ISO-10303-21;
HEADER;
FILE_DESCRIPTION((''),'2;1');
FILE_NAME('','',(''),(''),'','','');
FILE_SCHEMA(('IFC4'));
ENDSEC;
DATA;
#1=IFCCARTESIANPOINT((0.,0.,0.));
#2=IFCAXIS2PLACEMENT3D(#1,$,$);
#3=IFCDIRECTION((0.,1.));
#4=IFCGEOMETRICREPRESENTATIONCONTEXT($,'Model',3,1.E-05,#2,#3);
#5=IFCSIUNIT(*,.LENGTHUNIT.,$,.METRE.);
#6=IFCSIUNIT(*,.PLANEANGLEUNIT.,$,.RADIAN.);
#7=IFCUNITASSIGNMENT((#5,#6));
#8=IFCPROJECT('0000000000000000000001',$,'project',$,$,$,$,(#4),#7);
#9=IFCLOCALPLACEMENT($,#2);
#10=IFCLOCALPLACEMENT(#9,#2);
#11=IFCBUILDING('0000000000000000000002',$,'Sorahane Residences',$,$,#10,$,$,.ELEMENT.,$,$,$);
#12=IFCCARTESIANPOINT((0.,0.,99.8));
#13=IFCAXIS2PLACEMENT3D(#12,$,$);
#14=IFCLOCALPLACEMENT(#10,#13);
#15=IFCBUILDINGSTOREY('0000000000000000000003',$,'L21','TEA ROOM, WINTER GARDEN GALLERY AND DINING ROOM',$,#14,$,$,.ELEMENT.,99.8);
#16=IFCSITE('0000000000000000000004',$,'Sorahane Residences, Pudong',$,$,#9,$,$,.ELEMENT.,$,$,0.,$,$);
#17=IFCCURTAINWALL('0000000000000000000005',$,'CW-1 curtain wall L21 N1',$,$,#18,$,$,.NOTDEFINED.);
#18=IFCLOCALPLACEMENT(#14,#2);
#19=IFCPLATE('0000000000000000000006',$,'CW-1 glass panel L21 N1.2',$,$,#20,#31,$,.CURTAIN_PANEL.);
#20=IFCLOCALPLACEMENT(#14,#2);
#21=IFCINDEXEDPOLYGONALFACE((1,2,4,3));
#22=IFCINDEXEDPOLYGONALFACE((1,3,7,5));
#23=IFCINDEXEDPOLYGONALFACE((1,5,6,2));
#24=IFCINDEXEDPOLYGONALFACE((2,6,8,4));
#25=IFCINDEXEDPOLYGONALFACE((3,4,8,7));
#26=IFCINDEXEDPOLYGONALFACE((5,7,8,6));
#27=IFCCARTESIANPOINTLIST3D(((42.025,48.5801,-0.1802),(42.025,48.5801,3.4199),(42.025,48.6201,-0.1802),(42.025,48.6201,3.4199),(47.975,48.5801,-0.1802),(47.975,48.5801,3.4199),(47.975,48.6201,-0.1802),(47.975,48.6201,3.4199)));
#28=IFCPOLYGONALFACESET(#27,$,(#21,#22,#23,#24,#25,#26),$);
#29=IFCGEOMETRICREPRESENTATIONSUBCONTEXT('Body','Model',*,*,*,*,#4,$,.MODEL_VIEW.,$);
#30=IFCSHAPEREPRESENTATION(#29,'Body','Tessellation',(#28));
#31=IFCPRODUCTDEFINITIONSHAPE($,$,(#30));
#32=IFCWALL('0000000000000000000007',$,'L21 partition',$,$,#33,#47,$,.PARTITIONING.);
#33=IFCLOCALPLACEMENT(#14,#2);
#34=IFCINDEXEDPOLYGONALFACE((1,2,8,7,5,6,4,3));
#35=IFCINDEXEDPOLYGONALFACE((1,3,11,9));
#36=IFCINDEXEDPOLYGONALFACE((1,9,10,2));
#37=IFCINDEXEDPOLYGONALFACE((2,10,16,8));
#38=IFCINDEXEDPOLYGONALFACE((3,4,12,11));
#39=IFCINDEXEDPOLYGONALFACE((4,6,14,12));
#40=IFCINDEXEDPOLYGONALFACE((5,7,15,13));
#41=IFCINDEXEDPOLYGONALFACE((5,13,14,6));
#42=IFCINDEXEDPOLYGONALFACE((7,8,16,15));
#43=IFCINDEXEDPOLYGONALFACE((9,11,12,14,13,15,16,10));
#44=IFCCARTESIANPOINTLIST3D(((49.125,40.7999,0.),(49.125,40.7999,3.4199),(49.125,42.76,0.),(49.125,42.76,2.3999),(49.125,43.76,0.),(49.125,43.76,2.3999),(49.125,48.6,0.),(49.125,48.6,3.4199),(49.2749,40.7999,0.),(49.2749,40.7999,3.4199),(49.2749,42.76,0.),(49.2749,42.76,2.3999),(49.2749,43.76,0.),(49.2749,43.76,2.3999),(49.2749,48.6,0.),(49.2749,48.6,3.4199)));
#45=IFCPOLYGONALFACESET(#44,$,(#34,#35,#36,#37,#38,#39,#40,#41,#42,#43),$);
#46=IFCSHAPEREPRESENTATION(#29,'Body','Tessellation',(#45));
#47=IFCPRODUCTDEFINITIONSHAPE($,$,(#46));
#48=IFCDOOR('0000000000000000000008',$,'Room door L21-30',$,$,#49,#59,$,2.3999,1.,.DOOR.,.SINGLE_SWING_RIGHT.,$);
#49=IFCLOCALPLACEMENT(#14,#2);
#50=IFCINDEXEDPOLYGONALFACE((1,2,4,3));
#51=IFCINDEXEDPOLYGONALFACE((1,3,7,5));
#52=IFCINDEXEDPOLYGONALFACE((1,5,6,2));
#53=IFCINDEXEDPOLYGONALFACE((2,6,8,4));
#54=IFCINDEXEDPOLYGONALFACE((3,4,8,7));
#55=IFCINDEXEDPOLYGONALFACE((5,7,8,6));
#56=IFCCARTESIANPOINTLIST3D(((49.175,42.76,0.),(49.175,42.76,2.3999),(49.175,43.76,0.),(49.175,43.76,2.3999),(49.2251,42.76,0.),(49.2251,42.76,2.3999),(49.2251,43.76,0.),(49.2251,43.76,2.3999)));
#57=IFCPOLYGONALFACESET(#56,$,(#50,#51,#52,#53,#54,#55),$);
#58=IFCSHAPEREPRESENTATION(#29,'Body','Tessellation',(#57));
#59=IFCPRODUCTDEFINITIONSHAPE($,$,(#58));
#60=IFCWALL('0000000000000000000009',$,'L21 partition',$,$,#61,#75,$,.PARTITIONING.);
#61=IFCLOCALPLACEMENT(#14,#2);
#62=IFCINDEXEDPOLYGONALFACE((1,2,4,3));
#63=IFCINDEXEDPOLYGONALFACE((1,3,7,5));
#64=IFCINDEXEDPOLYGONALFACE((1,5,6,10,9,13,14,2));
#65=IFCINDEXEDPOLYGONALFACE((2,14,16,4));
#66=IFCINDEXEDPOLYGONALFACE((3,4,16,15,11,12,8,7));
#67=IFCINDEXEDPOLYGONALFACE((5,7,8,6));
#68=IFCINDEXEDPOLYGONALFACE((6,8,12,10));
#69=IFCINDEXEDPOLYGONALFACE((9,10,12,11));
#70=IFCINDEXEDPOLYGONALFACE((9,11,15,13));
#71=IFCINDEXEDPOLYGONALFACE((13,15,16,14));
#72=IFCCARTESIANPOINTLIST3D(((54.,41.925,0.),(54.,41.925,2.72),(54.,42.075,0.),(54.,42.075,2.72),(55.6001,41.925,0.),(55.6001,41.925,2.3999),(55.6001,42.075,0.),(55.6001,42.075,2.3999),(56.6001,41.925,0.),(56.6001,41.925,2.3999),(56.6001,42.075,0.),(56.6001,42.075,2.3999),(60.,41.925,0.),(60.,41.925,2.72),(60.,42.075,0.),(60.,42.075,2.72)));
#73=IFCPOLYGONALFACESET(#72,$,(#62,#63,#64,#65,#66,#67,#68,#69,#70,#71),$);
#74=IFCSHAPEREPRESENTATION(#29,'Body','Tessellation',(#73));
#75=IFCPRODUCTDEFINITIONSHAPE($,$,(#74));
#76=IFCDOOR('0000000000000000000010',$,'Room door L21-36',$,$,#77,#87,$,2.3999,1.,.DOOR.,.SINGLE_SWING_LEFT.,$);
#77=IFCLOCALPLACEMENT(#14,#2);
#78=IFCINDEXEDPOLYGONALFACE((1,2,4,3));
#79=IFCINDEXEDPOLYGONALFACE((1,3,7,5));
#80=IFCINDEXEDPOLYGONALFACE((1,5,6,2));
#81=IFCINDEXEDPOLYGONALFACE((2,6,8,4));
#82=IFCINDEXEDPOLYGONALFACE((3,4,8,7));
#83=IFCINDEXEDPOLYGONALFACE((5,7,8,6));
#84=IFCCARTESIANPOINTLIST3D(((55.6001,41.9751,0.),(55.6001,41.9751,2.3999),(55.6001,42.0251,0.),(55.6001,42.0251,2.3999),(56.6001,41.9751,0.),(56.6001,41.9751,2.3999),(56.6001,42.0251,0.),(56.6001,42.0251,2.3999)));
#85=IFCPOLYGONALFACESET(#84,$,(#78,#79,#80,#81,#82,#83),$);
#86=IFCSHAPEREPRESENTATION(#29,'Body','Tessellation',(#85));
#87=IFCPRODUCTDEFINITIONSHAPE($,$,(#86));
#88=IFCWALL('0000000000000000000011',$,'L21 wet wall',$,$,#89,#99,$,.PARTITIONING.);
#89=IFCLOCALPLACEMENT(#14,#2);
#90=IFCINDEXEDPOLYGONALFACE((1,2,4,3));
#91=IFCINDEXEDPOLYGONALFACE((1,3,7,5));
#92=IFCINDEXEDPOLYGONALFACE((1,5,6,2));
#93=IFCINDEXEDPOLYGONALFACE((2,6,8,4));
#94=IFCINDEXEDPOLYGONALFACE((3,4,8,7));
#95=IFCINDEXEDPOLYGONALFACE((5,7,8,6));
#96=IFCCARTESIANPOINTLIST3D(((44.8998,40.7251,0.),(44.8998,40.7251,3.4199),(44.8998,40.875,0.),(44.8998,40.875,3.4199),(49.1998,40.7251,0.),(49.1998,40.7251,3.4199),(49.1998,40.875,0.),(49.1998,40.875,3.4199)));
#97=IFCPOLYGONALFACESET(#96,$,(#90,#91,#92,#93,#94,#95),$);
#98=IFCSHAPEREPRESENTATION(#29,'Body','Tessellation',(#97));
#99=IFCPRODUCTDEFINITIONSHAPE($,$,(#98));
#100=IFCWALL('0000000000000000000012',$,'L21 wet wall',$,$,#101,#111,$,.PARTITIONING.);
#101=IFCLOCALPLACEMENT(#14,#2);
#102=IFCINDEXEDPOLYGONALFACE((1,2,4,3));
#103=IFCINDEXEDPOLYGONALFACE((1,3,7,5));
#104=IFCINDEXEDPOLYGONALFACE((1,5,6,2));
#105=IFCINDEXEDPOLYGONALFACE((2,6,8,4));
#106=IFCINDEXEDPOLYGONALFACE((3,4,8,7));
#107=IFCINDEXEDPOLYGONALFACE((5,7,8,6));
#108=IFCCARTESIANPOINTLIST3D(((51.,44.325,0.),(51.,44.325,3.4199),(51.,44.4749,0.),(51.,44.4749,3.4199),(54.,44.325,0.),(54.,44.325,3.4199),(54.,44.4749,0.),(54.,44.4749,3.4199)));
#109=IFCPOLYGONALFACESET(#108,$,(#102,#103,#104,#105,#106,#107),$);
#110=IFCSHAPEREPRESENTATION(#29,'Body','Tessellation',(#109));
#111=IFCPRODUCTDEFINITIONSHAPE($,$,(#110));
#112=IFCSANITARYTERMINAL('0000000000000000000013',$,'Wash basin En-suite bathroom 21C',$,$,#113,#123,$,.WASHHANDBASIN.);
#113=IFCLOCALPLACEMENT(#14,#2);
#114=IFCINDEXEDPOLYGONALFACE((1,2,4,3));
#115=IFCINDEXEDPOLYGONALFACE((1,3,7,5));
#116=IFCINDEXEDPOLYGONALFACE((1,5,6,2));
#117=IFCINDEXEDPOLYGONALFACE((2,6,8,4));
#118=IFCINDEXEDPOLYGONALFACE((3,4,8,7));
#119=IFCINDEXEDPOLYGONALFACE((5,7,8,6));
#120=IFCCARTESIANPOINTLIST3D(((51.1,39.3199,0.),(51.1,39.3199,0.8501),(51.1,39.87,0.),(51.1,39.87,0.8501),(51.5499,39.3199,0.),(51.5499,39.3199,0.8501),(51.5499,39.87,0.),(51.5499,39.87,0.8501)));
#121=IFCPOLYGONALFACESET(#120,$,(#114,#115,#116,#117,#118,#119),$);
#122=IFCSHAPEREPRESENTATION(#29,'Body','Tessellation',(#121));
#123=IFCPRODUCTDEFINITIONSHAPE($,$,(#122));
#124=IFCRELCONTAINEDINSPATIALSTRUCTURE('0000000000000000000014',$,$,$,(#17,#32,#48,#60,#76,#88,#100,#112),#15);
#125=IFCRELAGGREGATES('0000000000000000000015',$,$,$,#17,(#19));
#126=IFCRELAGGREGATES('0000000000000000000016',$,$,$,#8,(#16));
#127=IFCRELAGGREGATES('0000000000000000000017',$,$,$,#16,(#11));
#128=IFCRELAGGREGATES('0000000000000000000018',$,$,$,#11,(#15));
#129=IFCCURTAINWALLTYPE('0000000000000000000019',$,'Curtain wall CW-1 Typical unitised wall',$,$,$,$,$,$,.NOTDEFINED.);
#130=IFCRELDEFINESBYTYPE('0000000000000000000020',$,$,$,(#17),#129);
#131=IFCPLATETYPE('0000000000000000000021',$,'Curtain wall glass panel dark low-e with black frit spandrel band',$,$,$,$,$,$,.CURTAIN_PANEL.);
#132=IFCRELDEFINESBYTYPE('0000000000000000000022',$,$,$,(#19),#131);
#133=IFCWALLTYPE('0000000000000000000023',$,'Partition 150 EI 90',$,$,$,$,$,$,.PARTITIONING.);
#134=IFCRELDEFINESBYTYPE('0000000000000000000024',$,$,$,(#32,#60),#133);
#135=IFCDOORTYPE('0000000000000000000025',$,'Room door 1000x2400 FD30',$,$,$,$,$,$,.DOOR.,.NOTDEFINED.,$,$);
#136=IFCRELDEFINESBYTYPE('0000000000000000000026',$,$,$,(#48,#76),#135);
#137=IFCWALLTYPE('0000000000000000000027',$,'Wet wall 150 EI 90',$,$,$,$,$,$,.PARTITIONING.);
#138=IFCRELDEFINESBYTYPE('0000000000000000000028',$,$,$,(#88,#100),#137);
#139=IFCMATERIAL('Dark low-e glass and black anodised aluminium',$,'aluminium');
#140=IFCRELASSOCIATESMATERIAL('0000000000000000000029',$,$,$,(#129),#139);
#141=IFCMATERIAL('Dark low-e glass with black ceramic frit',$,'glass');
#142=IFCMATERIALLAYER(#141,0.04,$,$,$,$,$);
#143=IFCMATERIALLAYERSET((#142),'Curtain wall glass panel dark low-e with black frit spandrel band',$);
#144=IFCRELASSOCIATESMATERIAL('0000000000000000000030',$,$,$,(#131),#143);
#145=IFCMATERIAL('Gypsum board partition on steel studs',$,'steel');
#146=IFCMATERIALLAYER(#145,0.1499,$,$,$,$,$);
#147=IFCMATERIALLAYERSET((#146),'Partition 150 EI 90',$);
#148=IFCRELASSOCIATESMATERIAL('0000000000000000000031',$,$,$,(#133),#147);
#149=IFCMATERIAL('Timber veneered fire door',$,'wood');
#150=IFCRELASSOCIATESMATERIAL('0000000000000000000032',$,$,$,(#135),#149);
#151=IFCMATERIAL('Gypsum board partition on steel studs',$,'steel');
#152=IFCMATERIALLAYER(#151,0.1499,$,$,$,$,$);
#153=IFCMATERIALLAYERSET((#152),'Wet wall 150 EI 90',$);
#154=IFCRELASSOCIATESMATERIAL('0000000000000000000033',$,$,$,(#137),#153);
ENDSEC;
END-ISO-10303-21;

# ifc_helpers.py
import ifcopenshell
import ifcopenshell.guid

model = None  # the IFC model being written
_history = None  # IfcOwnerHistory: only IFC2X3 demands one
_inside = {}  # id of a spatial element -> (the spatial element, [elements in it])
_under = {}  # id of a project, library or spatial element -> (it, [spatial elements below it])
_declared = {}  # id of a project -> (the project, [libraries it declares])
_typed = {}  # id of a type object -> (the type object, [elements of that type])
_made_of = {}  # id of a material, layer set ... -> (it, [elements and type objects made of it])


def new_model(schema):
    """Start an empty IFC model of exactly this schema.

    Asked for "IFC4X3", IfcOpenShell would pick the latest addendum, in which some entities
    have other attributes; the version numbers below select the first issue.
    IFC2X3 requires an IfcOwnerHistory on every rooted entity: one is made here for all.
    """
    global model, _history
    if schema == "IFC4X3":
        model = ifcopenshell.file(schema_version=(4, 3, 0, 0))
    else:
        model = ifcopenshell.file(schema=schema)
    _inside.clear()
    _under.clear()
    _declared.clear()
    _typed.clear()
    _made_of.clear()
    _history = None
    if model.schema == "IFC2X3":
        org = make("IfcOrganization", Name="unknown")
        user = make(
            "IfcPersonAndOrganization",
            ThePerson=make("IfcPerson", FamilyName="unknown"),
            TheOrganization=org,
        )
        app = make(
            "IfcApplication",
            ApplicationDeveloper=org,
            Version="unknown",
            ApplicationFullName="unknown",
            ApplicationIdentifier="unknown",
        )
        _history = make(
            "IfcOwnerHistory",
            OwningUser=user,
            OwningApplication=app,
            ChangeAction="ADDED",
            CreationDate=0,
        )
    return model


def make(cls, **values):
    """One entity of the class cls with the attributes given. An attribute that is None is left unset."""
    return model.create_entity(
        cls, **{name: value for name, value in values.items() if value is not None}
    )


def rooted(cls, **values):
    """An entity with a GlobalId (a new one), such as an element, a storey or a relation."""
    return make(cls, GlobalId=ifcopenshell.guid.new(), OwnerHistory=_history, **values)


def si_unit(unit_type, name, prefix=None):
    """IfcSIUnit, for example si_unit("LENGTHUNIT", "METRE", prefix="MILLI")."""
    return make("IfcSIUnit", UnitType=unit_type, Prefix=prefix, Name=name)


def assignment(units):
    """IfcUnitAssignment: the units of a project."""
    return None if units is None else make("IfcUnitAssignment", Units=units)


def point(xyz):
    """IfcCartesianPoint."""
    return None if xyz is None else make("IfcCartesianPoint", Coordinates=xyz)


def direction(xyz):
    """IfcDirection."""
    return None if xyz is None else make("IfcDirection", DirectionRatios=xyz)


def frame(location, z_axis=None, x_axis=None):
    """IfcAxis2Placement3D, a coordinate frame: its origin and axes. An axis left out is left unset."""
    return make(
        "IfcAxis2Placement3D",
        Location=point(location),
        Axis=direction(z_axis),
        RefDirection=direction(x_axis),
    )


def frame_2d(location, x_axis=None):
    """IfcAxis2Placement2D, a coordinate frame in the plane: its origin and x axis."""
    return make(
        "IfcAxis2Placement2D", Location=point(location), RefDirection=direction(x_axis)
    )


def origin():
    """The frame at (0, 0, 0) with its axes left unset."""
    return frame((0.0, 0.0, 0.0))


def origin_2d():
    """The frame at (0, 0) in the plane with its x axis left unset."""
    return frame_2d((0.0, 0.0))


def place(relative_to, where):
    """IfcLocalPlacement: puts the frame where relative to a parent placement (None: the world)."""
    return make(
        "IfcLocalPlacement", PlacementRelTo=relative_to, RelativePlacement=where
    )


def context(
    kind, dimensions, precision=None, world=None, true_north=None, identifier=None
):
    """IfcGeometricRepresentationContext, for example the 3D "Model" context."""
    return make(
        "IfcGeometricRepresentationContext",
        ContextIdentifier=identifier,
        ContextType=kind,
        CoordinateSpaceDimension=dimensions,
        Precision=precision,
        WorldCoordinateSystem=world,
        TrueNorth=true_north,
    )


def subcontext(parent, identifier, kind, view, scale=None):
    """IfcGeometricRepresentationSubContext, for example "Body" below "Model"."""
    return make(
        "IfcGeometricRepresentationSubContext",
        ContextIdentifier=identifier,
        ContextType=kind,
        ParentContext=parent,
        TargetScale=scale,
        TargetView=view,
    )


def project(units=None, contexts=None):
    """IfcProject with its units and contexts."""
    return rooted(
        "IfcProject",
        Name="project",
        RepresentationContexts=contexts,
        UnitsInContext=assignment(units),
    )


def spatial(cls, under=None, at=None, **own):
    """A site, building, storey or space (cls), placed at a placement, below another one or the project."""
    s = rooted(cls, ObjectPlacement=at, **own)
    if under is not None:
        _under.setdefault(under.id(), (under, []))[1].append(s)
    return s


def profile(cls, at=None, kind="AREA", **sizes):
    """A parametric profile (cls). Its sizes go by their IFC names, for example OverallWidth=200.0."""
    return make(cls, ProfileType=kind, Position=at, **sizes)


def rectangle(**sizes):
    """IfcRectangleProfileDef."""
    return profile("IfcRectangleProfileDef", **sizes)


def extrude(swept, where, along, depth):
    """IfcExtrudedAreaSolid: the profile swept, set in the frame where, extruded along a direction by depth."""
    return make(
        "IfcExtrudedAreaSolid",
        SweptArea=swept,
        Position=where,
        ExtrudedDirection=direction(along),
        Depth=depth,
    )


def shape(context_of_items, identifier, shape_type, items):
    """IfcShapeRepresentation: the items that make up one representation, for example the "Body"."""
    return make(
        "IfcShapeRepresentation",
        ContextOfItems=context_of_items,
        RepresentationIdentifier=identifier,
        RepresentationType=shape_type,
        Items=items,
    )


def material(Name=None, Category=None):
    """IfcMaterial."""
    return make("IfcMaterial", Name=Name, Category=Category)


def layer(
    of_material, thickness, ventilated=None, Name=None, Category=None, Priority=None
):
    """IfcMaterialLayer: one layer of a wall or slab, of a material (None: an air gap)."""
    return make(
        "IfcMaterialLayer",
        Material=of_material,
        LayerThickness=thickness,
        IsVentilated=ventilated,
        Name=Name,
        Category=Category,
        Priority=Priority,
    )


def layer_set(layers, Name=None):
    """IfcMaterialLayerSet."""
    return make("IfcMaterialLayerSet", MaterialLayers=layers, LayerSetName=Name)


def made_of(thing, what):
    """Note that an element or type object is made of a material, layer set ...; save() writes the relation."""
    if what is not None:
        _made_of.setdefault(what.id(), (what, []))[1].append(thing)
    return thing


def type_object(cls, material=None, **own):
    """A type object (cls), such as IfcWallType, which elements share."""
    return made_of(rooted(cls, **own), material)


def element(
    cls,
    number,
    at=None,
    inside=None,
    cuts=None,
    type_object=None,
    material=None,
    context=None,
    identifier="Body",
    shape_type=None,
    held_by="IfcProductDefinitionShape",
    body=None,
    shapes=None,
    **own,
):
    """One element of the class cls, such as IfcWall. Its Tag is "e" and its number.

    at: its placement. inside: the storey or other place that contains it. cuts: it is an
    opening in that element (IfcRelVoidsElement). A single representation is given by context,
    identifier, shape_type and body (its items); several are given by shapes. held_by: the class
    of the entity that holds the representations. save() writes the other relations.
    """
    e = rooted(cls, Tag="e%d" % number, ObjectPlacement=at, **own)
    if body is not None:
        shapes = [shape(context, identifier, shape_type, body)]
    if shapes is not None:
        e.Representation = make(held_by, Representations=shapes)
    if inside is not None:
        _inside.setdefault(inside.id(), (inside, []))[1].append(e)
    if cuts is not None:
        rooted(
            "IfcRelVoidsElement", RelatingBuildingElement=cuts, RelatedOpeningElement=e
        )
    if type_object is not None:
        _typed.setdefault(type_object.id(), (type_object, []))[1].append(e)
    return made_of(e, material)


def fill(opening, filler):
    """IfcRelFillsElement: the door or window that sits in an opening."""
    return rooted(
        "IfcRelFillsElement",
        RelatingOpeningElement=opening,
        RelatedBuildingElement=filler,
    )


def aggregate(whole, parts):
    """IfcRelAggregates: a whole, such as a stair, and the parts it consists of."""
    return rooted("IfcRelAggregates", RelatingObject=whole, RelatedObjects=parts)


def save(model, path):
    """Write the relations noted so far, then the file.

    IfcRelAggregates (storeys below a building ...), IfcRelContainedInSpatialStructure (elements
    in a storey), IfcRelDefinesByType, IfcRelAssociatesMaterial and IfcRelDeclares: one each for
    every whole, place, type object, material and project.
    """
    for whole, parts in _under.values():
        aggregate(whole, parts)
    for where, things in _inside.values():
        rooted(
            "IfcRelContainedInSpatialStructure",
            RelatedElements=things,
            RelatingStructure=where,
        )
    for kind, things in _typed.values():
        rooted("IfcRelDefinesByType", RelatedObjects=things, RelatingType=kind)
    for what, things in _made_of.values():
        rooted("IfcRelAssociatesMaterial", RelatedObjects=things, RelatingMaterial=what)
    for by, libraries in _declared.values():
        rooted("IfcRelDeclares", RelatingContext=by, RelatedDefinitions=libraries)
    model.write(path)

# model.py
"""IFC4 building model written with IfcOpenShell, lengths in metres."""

from ifc_helpers import new_model, si_unit, direction, frame, frame_2d, origin, origin_2d, place, context, subcontext, project, spatial, rectangle, extrude, material, layer, layer_set, type_object, element, fill, aggregate, save


model = new_model("IFC4")

# Units and contexts
model_context = context("Model", 3, precision=1e-05, world=origin(), true_north=direction((0.0, 1.0)))
body_context = subcontext(model_context, "Body", "Model", "MODEL_VIEW")
ifc_project = project(units=[si_unit("LENGTHUNIT", "METRE"), si_unit("PLANEANGLEUNIT", "RADIAN")], contexts=[model_context])

# Site, building, storey
site_placement = place(None, origin())
site = spatial("IfcSite", under=ifc_project, at=site_placement, Name="Sorahane Residences, Pudong", CompositionType="ELEMENT", RefElevation=0.0)
building_placement = place(site_placement, origin())
building = spatial("IfcBuilding", under=site, at=building_placement, Name="Sorahane Residences", CompositionType="ELEMENT")
storey_placement = place(building_placement, frame((0.0, 0.0, 99.8)))
storey = spatial("IfcBuildingStorey", under=building, at=storey_placement, Name="L21", Description="TEA ROOM, WINTER GARDEN GALLERY AND DINING ROOM", CompositionType="ELEMENT", Elevation=99.8)

# Curtain wall
ifc_material_1 = material(Name="Dark low-e glass and black anodised aluminium", Category="aluminium")
curtain_wall_type_1 = type_object("IfcCurtainWallType", Name="Curtain wall CW-1 Typical unitised wall", PredefinedType="NOTDEFINED", material=ifc_material_1)
curtain_wall_1_placement = place(storey_placement, origin())
curtain_wall_1 = element("IfcCurtainWall", 1, at=curtain_wall_1_placement, inside=storey, type_object=curtain_wall_type_1, Name="CW-1 curtain wall L21 N1", PredefinedType="NOTDEFINED")

# Plate
ifc_material_2 = material(Name="Dark low-e glass with black ceramic frit", Category="glass")
ifc_layer_1 = layer(ifc_material_2, 0.04)
ifc_layer_set_1 = layer_set([ifc_layer_1], Name="Curtain wall glass panel dark low-e with black frit spandrel band")
plate_type = type_object("IfcPlateType", Name="Curtain wall glass panel dark low-e with black frit spandrel band", PredefinedType="CURTAIN_PANEL", material=ifc_layer_set_1)
plate_1_placement = place(storey_placement, frame((45.0, 48.6001, -0.1802), z_axis=(0.0, 0.0, 1.0), x_axis=(-1.0, 0.0, 0.0)))
plate_1 = element("IfcPlate", 2, at=plate_1_placement, type_object=plate_type, Name="CW-1 glass panel L21 N1.2", PredefinedType="CURTAIN_PANEL", context=body_context, shape_type="SweptSolid", body=[
    extrude(rectangle(XDim=5.95, YDim=0.04, at=origin_2d()), origin(), (0.0, 0.0, 1.0), 3.6001),
])
aggregate(curtain_wall_1, [plate_1])

# Walls, openings, doors
ifc_material_3 = material(Name="Gypsum board partition on steel studs", Category="steel")
ifc_layer_2 = layer(ifc_material_3, 0.1499)
ifc_layer_set_2 = layer_set([ifc_layer_2], Name="Partition 150 EI 90")
wall_type_1 = type_object("IfcWallType", Name="Partition 150 EI 90", PredefinedType="PARTITIONING", material=ifc_layer_set_2)
wall_1_placement = place(storey_placement, frame((49.2, 40.8, 0.0), z_axis=(0.0, 0.0, 1.0), x_axis=(0.0, 1.0, 0.0)))
wall_1 = element("IfcWall", 3, at=wall_1_placement, inside=storey, type_object=wall_type_1, Name="L21 partition", PredefinedType="PARTITIONING", context=body_context, shape_type="SweptSolid", body=[
    extrude(rectangle(XDim=7.8, YDim=0.1499, at=frame_2d((3.8999, 0.0))), origin(), (0.0, 0.0, 1.0), 3.4199),
])
opening_1_placement = place(wall_1_placement, frame((1.96, 0.0, 0.0)))
opening_1 = element("IfcOpeningElement", 4, at=opening_1_placement, cuts=wall_1, PredefinedType="OPENING", context=body_context, shape_type="SweptSolid", body=[
    extrude(rectangle(XDim=1.0, YDim=2.3999, at=frame_2d((0.5, 1.2))), frame((0.0, 0.085, 0.0), z_axis=(0.0, -1.0, 0.0), x_axis=(1.0, 0.0, 0.0)), (0.0, 0.0, 1.0), 0.1699),
])
ifc_material_4 = material(Name="Timber veneered fire door", Category="wood")
door_type = type_object("IfcDoorType", Name="Room door 1000x2400 FD30", OperationType="NOTDEFINED", PredefinedType="DOOR", material=ifc_material_4)
door_1_placement = place(opening_1_placement, origin())
door_1 = element("IfcDoor", 5, at=door_1_placement, inside=storey, type_object=door_type, Name="Room door L21-30", OperationType="SINGLE_SWING_RIGHT", OverallHeight=2.3999, OverallWidth=1.0, PredefinedType="DOOR", context=body_context, shape_type="SweptSolid", body=[
    extrude(rectangle(XDim=1.0, YDim=2.3999, at=frame_2d((0.5, 1.2))), frame((0.0, 0.0249, 0.0), z_axis=(0.0, -1.0, 0.0), x_axis=(1.0, 0.0, 0.0)), (0.0, 0.0, 1.0), 0.05),
])
fill(opening_1, door_1)
wall_2_placement = place(storey_placement, frame((54.0, 42.0, 0.0), z_axis=(0.0, 0.0, 1.0), x_axis=(1.0, 0.0, 0.0)))
wall_2 = element("IfcWall", 6, at=wall_2_placement, inside=storey, type_object=wall_type_1, Name="L21 partition", PredefinedType="PARTITIONING", context=body_context, shape_type="SweptSolid", body=[
    extrude(rectangle(XDim=6.0, YDim=0.1499, at=frame_2d((3.0, 0.0))), origin(), (0.0, 0.0, 1.0), 2.72),
])
opening_2_placement = place(wall_2_placement, frame((1.6001, 0.0, 0.0)))
opening_2 = element("IfcOpeningElement", 7, at=opening_2_placement, cuts=wall_2, PredefinedType="OPENING", context=body_context, shape_type="SweptSolid", body=[
    extrude(rectangle(XDim=1.0, YDim=2.3999, at=frame_2d((0.5, 1.2))), frame((0.0, 0.085, 0.0), z_axis=(0.0, -1.0, 0.0), x_axis=(1.0, 0.0, 0.0)), (0.0, 0.0, 1.0), 0.1699),
])
door_2_placement = place(opening_2_placement, frame((1.0, 0.0, 0.0), z_axis=(0.0, 0.0, 1.0), x_axis=(-1.0, 0.0, 0.0)))
door_2 = element("IfcDoor", 8, at=door_2_placement, inside=storey, type_object=door_type, Name="Room door L21-36", OperationType="SINGLE_SWING_LEFT", OverallHeight=2.3999, OverallWidth=1.0, PredefinedType="DOOR", context=body_context, shape_type="SweptSolid", body=[
    extrude(rectangle(XDim=1.0, YDim=2.3999, at=frame_2d((0.5, 1.2))), frame((0.0, 0.0249, 0.0), z_axis=(0.0, -1.0, 0.0), x_axis=(1.0, 0.0, 0.0)), (0.0, 0.0, 1.0), 0.05),
])
fill(opening_2, door_2)

# Walls
ifc_material_5 = material(Name="Gypsum board partition on steel studs", Category="steel")
ifc_layer_3 = layer(ifc_material_5, 0.1499)
ifc_layer_set_3 = layer_set([ifc_layer_3], Name="Wet wall 150 EI 90")
wall_type_2 = type_object("IfcWallType", Name="Wet wall 150 EI 90", PredefinedType="PARTITIONING", material=ifc_layer_set_3)
wall_3_placement = place(storey_placement, frame((44.8999, 40.8, 0.0), z_axis=(0.0, 0.0, 1.0), x_axis=(1.0, 0.0, 0.0)))
element("IfcWall", 9, at=wall_3_placement, inside=storey, type_object=wall_type_2, Name="L21 wet wall", PredefinedType="PARTITIONING", context=body_context, shape_type="SweptSolid", body=[
    extrude(rectangle(XDim=4.3, YDim=0.1499, at=frame_2d((2.1499, 0.0))), origin(), (0.0, 0.0, 1.0), 3.4199),
])
wall_4_placement = place(storey_placement, frame((51.0, 44.3999, 0.0), z_axis=(0.0, 0.0, 1.0), x_axis=(1.0, 0.0, 0.0)))
element("IfcWall", 10, at=wall_4_placement, inside=storey, type_object=wall_type_2, Name="L21 wet wall", PredefinedType="PARTITIONING", context=body_context, shape_type="SweptSolid", body=[
    extrude(rectangle(XDim=3.0, YDim=0.1499, at=frame_2d((1.5, 0.0))), origin(), (0.0, 0.0, 1.0), 3.4199),
])

# Sanitary terminal
sanitary_terminal_placement = place(storey_placement, frame((51.325, 39.595, 0.0), z_axis=(0.0, 0.0, 1.0), x_axis=(0.0, 1.0, 0.0)))
element("IfcSanitaryTerminal", 11, at=sanitary_terminal_placement, inside=storey, Name="Wash basin En-suite bathroom 21C", PredefinedType="WASHHANDBASIN", context=body_context, shape_type="SweptSolid", body=[
    extrude(rectangle(XDim=0.55, YDim=0.45, at=origin_2d()), origin(), (0.0, 0.0, 1.0), 0.8501),
])

save(model, "model.ifc")
